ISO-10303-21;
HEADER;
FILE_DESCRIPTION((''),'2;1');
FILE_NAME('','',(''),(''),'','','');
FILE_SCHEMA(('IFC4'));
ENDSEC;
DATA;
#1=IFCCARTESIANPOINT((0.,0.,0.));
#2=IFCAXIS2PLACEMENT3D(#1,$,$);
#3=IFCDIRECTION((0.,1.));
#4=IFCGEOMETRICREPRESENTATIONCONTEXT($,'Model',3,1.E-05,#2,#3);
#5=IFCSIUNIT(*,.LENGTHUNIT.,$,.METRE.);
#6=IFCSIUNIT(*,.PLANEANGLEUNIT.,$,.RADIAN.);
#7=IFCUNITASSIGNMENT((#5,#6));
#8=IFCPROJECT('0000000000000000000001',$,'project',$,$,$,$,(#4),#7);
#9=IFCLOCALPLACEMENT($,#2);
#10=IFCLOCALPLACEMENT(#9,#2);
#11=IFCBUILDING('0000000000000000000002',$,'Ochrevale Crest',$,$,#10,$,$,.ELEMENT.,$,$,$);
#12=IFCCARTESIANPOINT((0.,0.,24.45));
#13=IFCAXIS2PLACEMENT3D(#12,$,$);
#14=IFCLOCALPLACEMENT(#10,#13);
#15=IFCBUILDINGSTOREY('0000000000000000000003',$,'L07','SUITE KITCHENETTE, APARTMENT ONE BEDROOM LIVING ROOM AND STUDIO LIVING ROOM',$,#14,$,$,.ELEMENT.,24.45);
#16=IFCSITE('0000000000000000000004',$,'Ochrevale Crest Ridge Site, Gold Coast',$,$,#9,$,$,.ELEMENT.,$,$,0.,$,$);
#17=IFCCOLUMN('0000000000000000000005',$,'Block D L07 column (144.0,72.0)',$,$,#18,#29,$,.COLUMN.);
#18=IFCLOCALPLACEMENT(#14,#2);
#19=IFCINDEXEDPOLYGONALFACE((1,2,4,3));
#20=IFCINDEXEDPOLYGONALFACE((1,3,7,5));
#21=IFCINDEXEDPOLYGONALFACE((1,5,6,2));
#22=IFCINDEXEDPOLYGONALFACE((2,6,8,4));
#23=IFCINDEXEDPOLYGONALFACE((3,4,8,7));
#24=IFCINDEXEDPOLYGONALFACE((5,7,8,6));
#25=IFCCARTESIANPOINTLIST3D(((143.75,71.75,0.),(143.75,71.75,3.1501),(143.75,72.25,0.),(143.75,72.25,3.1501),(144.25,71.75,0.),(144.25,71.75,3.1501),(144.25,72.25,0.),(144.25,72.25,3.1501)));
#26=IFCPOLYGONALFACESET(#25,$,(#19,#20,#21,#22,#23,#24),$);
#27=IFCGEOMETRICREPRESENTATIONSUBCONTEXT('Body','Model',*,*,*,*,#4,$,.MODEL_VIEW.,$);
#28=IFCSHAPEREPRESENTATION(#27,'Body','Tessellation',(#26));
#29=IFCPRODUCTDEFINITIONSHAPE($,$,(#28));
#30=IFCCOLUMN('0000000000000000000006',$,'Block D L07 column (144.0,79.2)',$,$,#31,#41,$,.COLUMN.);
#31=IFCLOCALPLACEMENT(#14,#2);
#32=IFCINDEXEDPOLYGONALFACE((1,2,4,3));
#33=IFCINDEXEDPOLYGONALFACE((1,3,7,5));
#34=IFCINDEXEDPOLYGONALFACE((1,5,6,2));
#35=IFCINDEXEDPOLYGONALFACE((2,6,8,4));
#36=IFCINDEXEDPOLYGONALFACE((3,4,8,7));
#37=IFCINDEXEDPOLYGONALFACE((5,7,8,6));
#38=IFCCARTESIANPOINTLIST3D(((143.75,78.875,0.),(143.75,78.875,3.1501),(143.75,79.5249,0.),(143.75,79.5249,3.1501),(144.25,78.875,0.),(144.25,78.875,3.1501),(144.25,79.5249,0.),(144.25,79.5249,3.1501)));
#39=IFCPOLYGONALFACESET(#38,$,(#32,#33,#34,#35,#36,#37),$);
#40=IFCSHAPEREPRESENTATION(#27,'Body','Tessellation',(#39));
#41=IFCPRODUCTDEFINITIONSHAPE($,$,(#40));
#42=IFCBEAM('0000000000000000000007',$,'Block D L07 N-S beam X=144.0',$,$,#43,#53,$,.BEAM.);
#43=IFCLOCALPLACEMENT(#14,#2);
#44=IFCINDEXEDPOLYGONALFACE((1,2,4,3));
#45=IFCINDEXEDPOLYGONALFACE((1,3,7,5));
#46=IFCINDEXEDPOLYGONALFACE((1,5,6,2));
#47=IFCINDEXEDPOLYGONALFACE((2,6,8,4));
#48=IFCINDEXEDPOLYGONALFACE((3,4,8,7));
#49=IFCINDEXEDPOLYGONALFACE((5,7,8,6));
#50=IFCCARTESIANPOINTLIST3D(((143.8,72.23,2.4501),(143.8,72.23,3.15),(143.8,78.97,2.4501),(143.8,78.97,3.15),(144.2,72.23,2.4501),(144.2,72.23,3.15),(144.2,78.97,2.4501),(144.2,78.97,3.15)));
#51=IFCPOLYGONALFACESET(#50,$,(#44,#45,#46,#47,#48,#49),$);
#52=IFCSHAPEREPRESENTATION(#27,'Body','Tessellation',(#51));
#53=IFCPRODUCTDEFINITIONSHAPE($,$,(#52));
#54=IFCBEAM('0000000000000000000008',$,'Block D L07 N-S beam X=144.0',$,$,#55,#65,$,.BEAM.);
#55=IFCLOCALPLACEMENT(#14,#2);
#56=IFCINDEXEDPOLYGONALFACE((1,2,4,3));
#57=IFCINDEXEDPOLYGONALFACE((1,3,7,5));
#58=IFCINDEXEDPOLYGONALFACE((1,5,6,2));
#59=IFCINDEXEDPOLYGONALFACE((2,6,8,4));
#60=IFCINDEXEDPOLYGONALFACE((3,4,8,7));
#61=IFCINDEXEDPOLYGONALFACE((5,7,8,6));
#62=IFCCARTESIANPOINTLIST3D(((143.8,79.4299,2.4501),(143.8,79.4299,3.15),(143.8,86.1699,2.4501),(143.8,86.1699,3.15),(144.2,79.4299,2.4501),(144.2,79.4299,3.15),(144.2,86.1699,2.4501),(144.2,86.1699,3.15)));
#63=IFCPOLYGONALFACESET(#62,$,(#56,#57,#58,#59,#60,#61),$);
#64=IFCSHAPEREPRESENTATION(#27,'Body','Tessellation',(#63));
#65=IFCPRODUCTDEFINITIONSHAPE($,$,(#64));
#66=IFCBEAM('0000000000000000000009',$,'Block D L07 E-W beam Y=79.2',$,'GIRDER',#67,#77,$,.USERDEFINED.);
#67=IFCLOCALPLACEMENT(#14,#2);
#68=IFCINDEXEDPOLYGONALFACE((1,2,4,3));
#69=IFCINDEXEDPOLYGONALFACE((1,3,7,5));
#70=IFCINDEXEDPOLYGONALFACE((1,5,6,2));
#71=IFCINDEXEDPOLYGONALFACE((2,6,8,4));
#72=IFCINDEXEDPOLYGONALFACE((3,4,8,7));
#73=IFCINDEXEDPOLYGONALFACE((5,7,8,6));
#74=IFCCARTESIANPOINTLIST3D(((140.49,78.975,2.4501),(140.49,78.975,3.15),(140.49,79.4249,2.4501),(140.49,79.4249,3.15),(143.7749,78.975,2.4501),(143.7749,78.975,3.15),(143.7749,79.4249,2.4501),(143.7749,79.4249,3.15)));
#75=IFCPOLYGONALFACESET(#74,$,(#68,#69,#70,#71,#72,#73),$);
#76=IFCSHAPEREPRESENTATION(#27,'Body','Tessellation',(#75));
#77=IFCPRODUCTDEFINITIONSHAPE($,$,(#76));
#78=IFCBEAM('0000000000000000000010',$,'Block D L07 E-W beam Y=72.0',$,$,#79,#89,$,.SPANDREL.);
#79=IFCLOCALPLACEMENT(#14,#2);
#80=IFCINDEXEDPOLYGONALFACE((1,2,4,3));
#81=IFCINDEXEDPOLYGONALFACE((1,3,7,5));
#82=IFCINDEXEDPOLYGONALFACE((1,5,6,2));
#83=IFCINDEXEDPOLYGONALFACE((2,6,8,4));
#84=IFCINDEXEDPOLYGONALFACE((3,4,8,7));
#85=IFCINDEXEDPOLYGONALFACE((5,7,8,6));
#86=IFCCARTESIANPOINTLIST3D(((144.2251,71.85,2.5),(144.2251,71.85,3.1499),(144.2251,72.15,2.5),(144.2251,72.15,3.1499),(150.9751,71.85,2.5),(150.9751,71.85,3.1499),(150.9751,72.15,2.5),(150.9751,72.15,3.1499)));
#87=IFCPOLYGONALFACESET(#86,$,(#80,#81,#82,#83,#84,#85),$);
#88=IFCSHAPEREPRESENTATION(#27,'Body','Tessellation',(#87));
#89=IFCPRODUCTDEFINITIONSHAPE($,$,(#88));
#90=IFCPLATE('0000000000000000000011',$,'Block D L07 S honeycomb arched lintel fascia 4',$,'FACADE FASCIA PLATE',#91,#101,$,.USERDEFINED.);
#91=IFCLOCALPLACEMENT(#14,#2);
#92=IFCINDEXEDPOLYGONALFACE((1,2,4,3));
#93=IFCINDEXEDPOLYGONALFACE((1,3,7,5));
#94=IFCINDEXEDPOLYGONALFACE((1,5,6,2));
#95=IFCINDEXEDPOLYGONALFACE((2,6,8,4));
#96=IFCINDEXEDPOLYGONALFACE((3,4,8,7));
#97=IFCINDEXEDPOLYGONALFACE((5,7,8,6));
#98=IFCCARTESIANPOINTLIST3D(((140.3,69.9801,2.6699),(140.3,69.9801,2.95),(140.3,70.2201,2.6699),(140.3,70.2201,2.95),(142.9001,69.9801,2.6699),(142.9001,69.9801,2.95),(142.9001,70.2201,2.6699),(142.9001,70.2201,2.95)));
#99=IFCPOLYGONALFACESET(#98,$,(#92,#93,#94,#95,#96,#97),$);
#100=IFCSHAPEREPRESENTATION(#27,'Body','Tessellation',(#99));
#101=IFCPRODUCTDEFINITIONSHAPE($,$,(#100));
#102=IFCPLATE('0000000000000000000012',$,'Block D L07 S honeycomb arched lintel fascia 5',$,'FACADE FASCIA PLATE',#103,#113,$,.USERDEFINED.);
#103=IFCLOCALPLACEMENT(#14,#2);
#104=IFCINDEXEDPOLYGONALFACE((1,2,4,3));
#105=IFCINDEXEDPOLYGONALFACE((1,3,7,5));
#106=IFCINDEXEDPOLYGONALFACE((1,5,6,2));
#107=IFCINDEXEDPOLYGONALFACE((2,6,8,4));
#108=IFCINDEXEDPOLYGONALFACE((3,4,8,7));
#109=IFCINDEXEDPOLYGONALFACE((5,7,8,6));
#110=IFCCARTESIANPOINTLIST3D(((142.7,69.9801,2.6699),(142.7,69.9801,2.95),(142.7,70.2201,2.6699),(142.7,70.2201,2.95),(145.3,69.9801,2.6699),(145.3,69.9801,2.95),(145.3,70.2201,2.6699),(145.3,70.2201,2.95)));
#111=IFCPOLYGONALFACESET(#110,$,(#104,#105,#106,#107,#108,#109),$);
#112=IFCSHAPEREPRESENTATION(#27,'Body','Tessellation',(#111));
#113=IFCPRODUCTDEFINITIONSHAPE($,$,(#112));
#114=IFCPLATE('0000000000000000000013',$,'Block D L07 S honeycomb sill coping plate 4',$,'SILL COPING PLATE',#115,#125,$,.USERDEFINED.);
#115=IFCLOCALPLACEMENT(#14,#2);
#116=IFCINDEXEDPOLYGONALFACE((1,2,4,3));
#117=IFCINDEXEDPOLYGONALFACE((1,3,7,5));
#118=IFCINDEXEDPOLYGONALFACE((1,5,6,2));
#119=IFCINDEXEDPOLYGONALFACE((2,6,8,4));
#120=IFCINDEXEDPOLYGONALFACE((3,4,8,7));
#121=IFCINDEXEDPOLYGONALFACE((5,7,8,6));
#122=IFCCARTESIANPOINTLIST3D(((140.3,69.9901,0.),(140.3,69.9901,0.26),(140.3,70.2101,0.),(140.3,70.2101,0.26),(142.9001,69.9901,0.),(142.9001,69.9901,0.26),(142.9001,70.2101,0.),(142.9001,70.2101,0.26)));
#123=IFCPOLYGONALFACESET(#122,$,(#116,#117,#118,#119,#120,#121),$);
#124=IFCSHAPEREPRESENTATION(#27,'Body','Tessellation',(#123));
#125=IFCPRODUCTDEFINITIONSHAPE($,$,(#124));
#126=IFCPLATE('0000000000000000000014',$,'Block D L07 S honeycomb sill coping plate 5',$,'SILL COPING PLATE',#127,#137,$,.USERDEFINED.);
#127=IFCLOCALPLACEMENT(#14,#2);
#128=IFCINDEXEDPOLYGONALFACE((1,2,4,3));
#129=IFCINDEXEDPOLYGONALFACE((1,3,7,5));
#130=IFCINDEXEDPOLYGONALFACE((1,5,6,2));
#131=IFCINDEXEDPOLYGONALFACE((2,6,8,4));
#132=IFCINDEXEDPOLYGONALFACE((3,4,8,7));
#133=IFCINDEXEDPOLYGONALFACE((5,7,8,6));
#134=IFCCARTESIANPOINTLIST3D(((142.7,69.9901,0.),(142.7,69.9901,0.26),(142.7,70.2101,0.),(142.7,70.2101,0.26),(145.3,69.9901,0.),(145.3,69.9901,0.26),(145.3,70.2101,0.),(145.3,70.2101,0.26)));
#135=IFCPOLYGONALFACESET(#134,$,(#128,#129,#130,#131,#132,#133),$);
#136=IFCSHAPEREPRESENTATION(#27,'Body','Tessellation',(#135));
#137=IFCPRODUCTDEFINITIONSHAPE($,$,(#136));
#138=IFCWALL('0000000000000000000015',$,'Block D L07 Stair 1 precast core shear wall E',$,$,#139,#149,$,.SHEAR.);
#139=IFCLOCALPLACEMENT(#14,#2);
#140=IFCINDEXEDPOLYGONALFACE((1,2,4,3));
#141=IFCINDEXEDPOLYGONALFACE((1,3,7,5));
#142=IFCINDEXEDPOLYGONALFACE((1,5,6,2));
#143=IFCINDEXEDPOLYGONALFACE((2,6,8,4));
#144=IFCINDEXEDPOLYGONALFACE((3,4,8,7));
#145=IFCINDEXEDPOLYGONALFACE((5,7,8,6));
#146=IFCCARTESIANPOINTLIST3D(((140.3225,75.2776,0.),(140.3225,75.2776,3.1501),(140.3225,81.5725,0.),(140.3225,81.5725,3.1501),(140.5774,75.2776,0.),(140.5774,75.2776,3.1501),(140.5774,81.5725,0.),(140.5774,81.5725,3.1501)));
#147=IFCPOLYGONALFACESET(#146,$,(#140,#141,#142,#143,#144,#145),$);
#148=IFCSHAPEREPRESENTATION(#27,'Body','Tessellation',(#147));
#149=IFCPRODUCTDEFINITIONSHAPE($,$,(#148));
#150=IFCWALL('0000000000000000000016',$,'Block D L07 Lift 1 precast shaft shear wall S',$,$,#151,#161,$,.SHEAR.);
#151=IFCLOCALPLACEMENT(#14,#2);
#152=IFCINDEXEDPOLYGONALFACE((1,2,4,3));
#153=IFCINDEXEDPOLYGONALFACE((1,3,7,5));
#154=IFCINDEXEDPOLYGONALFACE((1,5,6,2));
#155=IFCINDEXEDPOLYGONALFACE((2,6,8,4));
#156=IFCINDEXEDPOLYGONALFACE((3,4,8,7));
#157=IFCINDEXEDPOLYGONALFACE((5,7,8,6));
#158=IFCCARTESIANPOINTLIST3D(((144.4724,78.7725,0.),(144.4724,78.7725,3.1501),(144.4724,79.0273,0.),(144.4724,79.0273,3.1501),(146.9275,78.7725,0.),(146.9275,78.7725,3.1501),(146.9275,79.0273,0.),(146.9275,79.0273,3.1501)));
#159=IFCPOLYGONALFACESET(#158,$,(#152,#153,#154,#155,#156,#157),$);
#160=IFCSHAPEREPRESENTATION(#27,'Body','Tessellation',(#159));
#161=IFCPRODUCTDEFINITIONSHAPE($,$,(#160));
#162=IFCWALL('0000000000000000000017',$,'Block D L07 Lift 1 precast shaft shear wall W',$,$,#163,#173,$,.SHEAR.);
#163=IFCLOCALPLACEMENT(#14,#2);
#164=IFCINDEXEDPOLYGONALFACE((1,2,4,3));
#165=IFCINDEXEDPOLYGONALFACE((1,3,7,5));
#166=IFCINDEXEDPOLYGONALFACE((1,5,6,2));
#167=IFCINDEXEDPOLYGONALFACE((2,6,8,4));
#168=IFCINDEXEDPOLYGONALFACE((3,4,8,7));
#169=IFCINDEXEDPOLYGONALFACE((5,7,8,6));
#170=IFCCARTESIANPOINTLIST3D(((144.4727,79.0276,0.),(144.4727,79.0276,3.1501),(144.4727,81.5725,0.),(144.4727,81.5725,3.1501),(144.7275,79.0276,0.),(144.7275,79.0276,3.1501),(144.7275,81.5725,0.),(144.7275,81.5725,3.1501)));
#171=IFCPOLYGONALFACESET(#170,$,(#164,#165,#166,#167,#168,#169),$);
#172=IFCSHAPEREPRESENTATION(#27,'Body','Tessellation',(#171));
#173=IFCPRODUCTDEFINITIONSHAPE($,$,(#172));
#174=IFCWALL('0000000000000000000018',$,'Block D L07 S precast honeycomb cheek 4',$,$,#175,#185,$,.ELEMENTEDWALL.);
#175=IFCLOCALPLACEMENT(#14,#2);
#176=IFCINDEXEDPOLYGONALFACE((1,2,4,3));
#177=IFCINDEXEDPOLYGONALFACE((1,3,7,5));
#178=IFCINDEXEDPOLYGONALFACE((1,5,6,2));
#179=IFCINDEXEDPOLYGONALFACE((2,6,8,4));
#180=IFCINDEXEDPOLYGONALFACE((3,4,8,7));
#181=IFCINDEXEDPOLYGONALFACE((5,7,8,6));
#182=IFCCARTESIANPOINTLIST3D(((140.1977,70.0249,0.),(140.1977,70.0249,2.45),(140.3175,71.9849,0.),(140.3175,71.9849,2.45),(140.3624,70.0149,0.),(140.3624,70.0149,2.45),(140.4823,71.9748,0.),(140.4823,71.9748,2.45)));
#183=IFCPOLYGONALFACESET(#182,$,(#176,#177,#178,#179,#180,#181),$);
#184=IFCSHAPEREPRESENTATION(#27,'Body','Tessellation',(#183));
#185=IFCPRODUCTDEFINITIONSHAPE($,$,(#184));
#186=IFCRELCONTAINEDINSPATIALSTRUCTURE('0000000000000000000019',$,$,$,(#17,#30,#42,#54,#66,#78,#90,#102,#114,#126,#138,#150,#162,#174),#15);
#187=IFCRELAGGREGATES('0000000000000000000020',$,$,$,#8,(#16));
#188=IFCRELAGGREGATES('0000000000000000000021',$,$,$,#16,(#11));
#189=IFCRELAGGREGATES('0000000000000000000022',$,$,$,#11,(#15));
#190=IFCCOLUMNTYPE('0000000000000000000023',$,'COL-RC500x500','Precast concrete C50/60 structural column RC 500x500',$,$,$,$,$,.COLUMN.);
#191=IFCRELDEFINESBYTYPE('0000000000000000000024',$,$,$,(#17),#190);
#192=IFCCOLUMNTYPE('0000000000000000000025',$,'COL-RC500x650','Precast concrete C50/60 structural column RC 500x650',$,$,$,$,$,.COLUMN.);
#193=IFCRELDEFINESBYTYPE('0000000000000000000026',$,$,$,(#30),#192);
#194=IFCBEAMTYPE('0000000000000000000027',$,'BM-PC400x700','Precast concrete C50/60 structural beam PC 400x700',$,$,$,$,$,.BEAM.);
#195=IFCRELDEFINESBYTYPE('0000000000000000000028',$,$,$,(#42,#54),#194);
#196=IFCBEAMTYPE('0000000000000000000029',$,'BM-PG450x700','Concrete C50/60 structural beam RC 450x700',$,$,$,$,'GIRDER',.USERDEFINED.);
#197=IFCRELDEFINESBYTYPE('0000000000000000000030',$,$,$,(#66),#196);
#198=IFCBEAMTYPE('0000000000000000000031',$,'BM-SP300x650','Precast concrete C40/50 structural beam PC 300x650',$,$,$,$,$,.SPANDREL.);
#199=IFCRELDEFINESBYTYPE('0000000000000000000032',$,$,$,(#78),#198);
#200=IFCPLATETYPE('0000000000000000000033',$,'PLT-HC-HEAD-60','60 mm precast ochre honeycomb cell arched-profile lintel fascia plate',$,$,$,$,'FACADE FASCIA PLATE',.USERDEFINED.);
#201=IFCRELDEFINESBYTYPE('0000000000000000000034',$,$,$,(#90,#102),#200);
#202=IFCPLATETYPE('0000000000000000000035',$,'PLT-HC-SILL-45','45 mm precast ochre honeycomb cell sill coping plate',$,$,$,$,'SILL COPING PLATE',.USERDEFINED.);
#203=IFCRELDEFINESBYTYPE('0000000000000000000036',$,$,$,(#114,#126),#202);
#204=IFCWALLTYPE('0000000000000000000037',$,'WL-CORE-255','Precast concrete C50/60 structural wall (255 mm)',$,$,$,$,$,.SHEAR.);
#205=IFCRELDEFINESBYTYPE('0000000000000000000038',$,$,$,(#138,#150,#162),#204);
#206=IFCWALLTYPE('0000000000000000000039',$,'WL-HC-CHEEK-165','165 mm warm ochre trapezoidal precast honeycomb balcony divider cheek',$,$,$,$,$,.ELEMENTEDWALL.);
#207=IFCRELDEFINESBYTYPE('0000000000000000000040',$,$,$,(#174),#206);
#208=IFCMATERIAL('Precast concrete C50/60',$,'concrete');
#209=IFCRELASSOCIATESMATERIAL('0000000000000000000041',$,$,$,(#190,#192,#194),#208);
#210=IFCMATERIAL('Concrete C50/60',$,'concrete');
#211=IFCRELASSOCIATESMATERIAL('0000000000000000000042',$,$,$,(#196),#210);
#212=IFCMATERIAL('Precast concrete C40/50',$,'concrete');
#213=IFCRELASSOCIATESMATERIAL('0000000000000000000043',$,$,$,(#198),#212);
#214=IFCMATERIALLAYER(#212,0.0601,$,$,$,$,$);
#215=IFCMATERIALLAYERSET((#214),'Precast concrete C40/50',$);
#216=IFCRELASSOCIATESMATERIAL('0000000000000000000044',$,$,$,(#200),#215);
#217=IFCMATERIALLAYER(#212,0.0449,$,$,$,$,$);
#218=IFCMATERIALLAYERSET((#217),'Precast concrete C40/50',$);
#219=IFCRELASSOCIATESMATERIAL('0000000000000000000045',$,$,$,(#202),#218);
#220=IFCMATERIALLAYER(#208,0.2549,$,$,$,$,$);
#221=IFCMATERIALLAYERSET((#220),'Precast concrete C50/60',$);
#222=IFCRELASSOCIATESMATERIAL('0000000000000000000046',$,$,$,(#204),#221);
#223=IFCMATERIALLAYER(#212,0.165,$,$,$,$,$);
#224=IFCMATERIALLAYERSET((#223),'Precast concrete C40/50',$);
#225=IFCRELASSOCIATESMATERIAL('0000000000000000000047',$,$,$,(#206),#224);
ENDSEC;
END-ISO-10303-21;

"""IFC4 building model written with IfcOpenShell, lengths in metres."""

from ifc_helpers import new_model, si_unit, direction, frame, frame_2d, origin, origin_2d, place, context, subcontext, project, spatial, rectangle, extrude, material, layer, layer_set, material_profile, profile_set, type_object, element, save


model = new_model("IFC4")

# Units and contexts
model_context = context("Model", 3, precision=1e-05, world=origin(), true_north=direction((0.0, 1.0)))
body_context = subcontext(model_context, "Body", "Model", "MODEL_VIEW")
ifc_project = project(units=[si_unit("LENGTHUNIT", "METRE"), si_unit("PLANEANGLEUNIT", "RADIAN")], contexts=[model_context])

# Site, building, storey
site_placement = place(None, origin())
site = spatial("IfcSite", under=ifc_project, at=site_placement, Name="Ochrevale Crest Ridge Site, Gold Coast", CompositionType="ELEMENT", RefElevation=0.0)
building_placement = place(site_placement, origin())
building = spatial("IfcBuilding", under=site, at=building_placement, Name="Ochrevale Crest", CompositionType="ELEMENT")
storey_placement = place(building_placement, frame((0.0, 0.0, 24.45)))
storey = spatial("IfcBuildingStorey", under=building, at=storey_placement, Name="L07", Description="SUITE KITCHENETTE, APARTMENT ONE BEDROOM LIVING ROOM AND STUDIO LIVING ROOM", CompositionType="ELEMENT", Elevation=24.45)

# Columns
ifc_material_1 = material(Name="Precast concrete C50/60", Category="concrete")
ifc_material_profile_1 = material_profile(ifc_material_1, rectangle(XDim=0.5, YDim=0.5, at=origin_2d()), Name="RC 500x500")
ifc_profile_set_1 = profile_set([ifc_material_profile_1], Name="Precast concrete C50/60")
column_type_1 = type_object("IfcColumnType", Name="COL-RC500x500", Description="Precast concrete C50/60 structural column RC 500x500", PredefinedType="COLUMN", material=ifc_profile_set_1)
column_1_placement = place(storey_placement, frame((144.0, 72.0, 0.0), z_axis=(0.0, 0.0, 1.0), x_axis=(1.0, 0.0, 0.0)))
element("IfcColumn", 1, at=column_1_placement, inside=storey, type_object=column_type_1, Name="Block D L07 column (144.0,72.0)", PredefinedType="COLUMN", context=body_context, shape_type="SweptSolid", body=[
    extrude(rectangle(XDim=0.5, YDim=0.5, at=origin_2d()), origin(), (0.0, 0.0, 1.0), 3.1501),
])
ifc_material_profile_2 = material_profile(ifc_material_1, rectangle(XDim=0.5, YDim=0.6499, at=origin_2d()), Name="RC 500x650")
ifc_profile_set_2 = profile_set([ifc_material_profile_2], Name="Precast concrete C50/60")
column_type_2 = type_object("IfcColumnType", Name="COL-RC500x650", Description="Precast concrete C50/60 structural column RC 500x650", PredefinedType="COLUMN", material=ifc_profile_set_2)
column_2_placement = place(storey_placement, frame((144.0, 79.2, 0.0), z_axis=(0.0, 0.0, 1.0), x_axis=(1.0, 0.0, 0.0)))
element("IfcColumn", 2, at=column_2_placement, inside=storey, type_object=column_type_2, Name="Block D L07 column (144.0,79.2)", PredefinedType="COLUMN", context=body_context, shape_type="SweptSolid", body=[
    extrude(rectangle(XDim=0.5, YDim=0.6499, at=origin_2d()), origin(), (0.0, 0.0, 1.0), 3.1501),
])

# Beams
ifc_material_profile_3 = material_profile(ifc_material_1, rectangle(XDim=0.3999, YDim=0.7, at=origin_2d()), Name="PC 400x700")
ifc_profile_set_3 = profile_set([ifc_material_profile_3], Name="Precast concrete C50/60")
beam_type_1 = type_object("IfcBeamType", Name="BM-PC400x700", Description="Precast concrete C50/60 structural beam PC 400x700", PredefinedType="BEAM", material=ifc_profile_set_3)
for number, where, z_axis, x_axis, name in (
    (3, (144.0, 72.23, 2.8), (0.0, 1.0, 0.0), (-1.0, 0.0, 0.0), "Block D L07 N-S beam X=144.0"),
    (4, (144.0, 79.4299, 2.8), (0.0, 1.0, 0.0), (-1.0, 0.0, 0.0), "Block D L07 N-S beam X=144.0"),
):
    element("IfcBeam", number, at=place(storey_placement, frame(where, z_axis=z_axis, x_axis=x_axis)), inside=storey, type_object=beam_type_1, Name=name, PredefinedType="BEAM", context=body_context, shape_type="SweptSolid", body=[
        extrude(rectangle(XDim=0.3999, YDim=0.7, at=origin_2d()), origin(), (0.0, 0.0, 1.0), 6.74),
    ])
ifc_material_2 = material(Name="Concrete C50/60", Category="concrete")
ifc_material_profile_4 = material_profile(ifc_material_2, rectangle(XDim=0.45, YDim=0.7, at=origin_2d()), Name="RC 450x700")
ifc_profile_set_4 = profile_set([ifc_material_profile_4], Name="Concrete C50/60")
beam_type_2 = type_object("IfcBeamType", Name="BM-PG450x700", Description="Concrete C50/60 structural beam RC 450x700", ElementType="GIRDER", PredefinedType="USERDEFINED", material=ifc_profile_set_4)
beam_1_placement = place(storey_placement, frame((140.49, 79.2, 2.8), z_axis=(1.0, 0.0, 0.0), x_axis=(0.0, 1.0, 0.0)))
element("IfcBeam", 5, at=beam_1_placement, inside=storey, type_object=beam_type_2, Name="Block D L07 E-W beam Y=79.2", ObjectType="GIRDER", PredefinedType="USERDEFINED", context=body_context, shape_type="SweptSolid", body=[
    extrude(rectangle(XDim=0.45, YDim=0.7, at=origin_2d()), origin(), (0.0, 0.0, 1.0), 3.2849),
])
ifc_material_3 = material(Name="Precast concrete C40/50", Category="concrete")
ifc_material_profile_5 = material_profile(ifc_material_3, rectangle(XDim=0.3, YDim=0.6499, at=origin_2d()), Name="PC 300x650")
ifc_profile_set_5 = profile_set([ifc_material_profile_5], Name="Precast concrete C40/50")
beam_type_3 = type_object("IfcBeamType", Name="BM-SP300x650", Description="Precast concrete C40/50 structural beam PC 300x650", PredefinedType="SPANDREL", material=ifc_profile_set_5)
beam_2_placement = place(storey_placement, frame((144.2251, 72.0, 2.825), z_axis=(1.0, 0.0, 0.0), x_axis=(0.0, 1.0, 0.0)))
element("IfcBeam", 6, at=beam_2_placement, inside=storey, type_object=beam_type_3, Name="Block D L07 E-W beam Y=72.0", PredefinedType="SPANDREL", context=body_context, shape_type="SweptSolid", body=[
    extrude(rectangle(XDim=0.3, YDim=0.6499, at=origin_2d()), origin(), (0.0, 0.0, 1.0), 6.75),
])

# Plates
ifc_layer_1 = layer(ifc_material_3, 0.0601)
ifc_layer_set_1 = layer_set([ifc_layer_1], Name="Precast concrete C40/50")
plate_type_1 = type_object("IfcPlateType", Name="PLT-HC-HEAD-60", Description="60 mm precast ochre honeycomb cell arched-profile lintel fascia plate", ElementType="FACADE FASCIA PLATE", PredefinedType="USERDEFINED", material=ifc_layer_set_1)
for number, where, z_axis, x_axis, name in (
    (7, (141.6001, 70.1001, 2.6699), (0.0, 0.0, 1.0), (1.0, 0.0, 0.0), "Block D L07 S honeycomb arched lintel fascia 4"),
    (8, (144.0, 70.1001, 2.6699), (0.0, 0.0, 1.0), (1.0, 0.0, 0.0), "Block D L07 S honeycomb arched lintel fascia 5"),
):
    element("IfcPlate", number, at=place(storey_placement, frame(where, z_axis=z_axis, x_axis=x_axis)), inside=storey, type_object=plate_type_1, Name=name, ObjectType="FACADE FASCIA PLATE", PredefinedType="USERDEFINED", context=body_context, shape_type="SweptSolid", body=[
        extrude(rectangle(XDim=2.6001, YDim=0.24, at=origin_2d()), origin(), (0.0, 0.0, 1.0), 0.28),
    ])
ifc_layer_2 = layer(ifc_material_3, 0.0449)
ifc_layer_set_2 = layer_set([ifc_layer_2], Name="Precast concrete C40/50")
plate_type_2 = type_object("IfcPlateType", Name="PLT-HC-SILL-45", Description="45 mm precast ochre honeycomb cell sill coping plate", ElementType="SILL COPING PLATE", PredefinedType="USERDEFINED", material=ifc_layer_set_2)
for number, where, z_axis, x_axis, name in (
    (9, (141.6001, 70.1001, 0.0), (0.0, 0.0, 1.0), (1.0, 0.0, 0.0), "Block D L07 S honeycomb sill coping plate 4"),
    (10, (144.0, 70.1001, 0.0), (0.0, 0.0, 1.0), (1.0, 0.0, 0.0), "Block D L07 S honeycomb sill coping plate 5"),
):
    element("IfcPlate", number, at=place(storey_placement, frame(where, z_axis=z_axis, x_axis=x_axis)), inside=storey, type_object=plate_type_2, Name=name, ObjectType="SILL COPING PLATE", PredefinedType="USERDEFINED", context=body_context, shape_type="SweptSolid", body=[
        extrude(rectangle(XDim=2.6001, YDim=0.22, at=origin_2d()), origin(), (0.0, 0.0, 1.0), 0.26),
    ])

# Walls
ifc_layer_3 = layer(ifc_material_1, 0.2549)
ifc_layer_set_3 = layer_set([ifc_layer_3], Name="Precast concrete C50/60")
wall_type_1 = type_object("IfcWallType", Name="WL-CORE-255", Description="Precast concrete C50/60 structural wall (255 mm)", PredefinedType="SHEAR", material=ifc_layer_set_3)
wall_1_placement = place(storey_placement, frame((140.45, 75.2776, 0.0), z_axis=(0.0, 0.0, 1.0), x_axis=(0.0, 1.0, 0.0)))
element("IfcWall", 11, at=wall_1_placement, inside=storey, type_object=wall_type_1, Name="Block D L07 Stair 1 precast core shear wall E", PredefinedType="SHEAR", context=body_context, shape_type="SweptSolid", body=[
    extrude(rectangle(XDim=6.2949, YDim=0.2549, at=frame_2d((3.1475, 0.0))), origin(), (0.0, 0.0, 1.0), 3.1501),
])
wall_2_placement = place(storey_placement, frame((144.4724, 78.8999, 0.0), z_axis=(0.0, 0.0, 1.0), x_axis=(1.0, 0.0, 0.0)))
element("IfcWall", 12, at=wall_2_placement, inside=storey, type_object=wall_type_1, Name="Block D L07 Lift 1 precast shaft shear wall S", PredefinedType="SHEAR", context=body_context, shape_type="SweptSolid", body=[
    extrude(rectangle(XDim=2.4551, YDim=0.2549, at=frame_2d((1.2275, 0.0))), origin(), (0.0, 0.0, 1.0), 3.1501),
])
wall_3_placement = place(storey_placement, frame((144.6001, 79.0276, 0.0), z_axis=(0.0, 0.0, 1.0), x_axis=(0.0, 1.0, 0.0)))
element("IfcWall", 13, at=wall_3_placement, inside=storey, type_object=wall_type_1, Name="Block D L07 Lift 1 precast shaft shear wall W", PredefinedType="SHEAR", context=body_context, shape_type="SweptSolid", body=[
    extrude(rectangle(XDim=2.5449, YDim=0.2549, at=frame_2d((1.2725, 0.0))), origin(), (0.0, 0.0, 1.0), 3.1501),
])
ifc_layer_4 = layer(ifc_material_3, 0.165)
ifc_layer_set_4 = layer_set([ifc_layer_4], Name="Precast concrete C40/50")
wall_type_2 = type_object("IfcWallType", Name="WL-HC-CHEEK-165", Description="165 mm warm ochre trapezoidal precast honeycomb balcony divider cheek", PredefinedType="ELEMENTEDWALL", material=ifc_layer_set_4)
for number, where, z_axis, x_axis, name in (
    (14, (140.3999, 71.98, 0.0), (0.0, 0.0, 1.0), (-0.061047, -0.998135, 0.0), "Block D L07 S precast honeycomb cheek 4"),
):
    element("IfcWall", number, at=place(storey_placement, frame(where, z_axis=z_axis, x_axis=x_axis)), inside=storey, type_object=wall_type_2, Name=name, PredefinedType="ELEMENTEDWALL", context=body_context, shape_type="SweptSolid", body=[
        extrude(rectangle(XDim=1.9636, YDim=0.165, at=frame_2d((0.9819, 0.0))), origin(), (0.0, 0.0, 1.0), 2.45),
    ])

save(model, "model.ifc")
